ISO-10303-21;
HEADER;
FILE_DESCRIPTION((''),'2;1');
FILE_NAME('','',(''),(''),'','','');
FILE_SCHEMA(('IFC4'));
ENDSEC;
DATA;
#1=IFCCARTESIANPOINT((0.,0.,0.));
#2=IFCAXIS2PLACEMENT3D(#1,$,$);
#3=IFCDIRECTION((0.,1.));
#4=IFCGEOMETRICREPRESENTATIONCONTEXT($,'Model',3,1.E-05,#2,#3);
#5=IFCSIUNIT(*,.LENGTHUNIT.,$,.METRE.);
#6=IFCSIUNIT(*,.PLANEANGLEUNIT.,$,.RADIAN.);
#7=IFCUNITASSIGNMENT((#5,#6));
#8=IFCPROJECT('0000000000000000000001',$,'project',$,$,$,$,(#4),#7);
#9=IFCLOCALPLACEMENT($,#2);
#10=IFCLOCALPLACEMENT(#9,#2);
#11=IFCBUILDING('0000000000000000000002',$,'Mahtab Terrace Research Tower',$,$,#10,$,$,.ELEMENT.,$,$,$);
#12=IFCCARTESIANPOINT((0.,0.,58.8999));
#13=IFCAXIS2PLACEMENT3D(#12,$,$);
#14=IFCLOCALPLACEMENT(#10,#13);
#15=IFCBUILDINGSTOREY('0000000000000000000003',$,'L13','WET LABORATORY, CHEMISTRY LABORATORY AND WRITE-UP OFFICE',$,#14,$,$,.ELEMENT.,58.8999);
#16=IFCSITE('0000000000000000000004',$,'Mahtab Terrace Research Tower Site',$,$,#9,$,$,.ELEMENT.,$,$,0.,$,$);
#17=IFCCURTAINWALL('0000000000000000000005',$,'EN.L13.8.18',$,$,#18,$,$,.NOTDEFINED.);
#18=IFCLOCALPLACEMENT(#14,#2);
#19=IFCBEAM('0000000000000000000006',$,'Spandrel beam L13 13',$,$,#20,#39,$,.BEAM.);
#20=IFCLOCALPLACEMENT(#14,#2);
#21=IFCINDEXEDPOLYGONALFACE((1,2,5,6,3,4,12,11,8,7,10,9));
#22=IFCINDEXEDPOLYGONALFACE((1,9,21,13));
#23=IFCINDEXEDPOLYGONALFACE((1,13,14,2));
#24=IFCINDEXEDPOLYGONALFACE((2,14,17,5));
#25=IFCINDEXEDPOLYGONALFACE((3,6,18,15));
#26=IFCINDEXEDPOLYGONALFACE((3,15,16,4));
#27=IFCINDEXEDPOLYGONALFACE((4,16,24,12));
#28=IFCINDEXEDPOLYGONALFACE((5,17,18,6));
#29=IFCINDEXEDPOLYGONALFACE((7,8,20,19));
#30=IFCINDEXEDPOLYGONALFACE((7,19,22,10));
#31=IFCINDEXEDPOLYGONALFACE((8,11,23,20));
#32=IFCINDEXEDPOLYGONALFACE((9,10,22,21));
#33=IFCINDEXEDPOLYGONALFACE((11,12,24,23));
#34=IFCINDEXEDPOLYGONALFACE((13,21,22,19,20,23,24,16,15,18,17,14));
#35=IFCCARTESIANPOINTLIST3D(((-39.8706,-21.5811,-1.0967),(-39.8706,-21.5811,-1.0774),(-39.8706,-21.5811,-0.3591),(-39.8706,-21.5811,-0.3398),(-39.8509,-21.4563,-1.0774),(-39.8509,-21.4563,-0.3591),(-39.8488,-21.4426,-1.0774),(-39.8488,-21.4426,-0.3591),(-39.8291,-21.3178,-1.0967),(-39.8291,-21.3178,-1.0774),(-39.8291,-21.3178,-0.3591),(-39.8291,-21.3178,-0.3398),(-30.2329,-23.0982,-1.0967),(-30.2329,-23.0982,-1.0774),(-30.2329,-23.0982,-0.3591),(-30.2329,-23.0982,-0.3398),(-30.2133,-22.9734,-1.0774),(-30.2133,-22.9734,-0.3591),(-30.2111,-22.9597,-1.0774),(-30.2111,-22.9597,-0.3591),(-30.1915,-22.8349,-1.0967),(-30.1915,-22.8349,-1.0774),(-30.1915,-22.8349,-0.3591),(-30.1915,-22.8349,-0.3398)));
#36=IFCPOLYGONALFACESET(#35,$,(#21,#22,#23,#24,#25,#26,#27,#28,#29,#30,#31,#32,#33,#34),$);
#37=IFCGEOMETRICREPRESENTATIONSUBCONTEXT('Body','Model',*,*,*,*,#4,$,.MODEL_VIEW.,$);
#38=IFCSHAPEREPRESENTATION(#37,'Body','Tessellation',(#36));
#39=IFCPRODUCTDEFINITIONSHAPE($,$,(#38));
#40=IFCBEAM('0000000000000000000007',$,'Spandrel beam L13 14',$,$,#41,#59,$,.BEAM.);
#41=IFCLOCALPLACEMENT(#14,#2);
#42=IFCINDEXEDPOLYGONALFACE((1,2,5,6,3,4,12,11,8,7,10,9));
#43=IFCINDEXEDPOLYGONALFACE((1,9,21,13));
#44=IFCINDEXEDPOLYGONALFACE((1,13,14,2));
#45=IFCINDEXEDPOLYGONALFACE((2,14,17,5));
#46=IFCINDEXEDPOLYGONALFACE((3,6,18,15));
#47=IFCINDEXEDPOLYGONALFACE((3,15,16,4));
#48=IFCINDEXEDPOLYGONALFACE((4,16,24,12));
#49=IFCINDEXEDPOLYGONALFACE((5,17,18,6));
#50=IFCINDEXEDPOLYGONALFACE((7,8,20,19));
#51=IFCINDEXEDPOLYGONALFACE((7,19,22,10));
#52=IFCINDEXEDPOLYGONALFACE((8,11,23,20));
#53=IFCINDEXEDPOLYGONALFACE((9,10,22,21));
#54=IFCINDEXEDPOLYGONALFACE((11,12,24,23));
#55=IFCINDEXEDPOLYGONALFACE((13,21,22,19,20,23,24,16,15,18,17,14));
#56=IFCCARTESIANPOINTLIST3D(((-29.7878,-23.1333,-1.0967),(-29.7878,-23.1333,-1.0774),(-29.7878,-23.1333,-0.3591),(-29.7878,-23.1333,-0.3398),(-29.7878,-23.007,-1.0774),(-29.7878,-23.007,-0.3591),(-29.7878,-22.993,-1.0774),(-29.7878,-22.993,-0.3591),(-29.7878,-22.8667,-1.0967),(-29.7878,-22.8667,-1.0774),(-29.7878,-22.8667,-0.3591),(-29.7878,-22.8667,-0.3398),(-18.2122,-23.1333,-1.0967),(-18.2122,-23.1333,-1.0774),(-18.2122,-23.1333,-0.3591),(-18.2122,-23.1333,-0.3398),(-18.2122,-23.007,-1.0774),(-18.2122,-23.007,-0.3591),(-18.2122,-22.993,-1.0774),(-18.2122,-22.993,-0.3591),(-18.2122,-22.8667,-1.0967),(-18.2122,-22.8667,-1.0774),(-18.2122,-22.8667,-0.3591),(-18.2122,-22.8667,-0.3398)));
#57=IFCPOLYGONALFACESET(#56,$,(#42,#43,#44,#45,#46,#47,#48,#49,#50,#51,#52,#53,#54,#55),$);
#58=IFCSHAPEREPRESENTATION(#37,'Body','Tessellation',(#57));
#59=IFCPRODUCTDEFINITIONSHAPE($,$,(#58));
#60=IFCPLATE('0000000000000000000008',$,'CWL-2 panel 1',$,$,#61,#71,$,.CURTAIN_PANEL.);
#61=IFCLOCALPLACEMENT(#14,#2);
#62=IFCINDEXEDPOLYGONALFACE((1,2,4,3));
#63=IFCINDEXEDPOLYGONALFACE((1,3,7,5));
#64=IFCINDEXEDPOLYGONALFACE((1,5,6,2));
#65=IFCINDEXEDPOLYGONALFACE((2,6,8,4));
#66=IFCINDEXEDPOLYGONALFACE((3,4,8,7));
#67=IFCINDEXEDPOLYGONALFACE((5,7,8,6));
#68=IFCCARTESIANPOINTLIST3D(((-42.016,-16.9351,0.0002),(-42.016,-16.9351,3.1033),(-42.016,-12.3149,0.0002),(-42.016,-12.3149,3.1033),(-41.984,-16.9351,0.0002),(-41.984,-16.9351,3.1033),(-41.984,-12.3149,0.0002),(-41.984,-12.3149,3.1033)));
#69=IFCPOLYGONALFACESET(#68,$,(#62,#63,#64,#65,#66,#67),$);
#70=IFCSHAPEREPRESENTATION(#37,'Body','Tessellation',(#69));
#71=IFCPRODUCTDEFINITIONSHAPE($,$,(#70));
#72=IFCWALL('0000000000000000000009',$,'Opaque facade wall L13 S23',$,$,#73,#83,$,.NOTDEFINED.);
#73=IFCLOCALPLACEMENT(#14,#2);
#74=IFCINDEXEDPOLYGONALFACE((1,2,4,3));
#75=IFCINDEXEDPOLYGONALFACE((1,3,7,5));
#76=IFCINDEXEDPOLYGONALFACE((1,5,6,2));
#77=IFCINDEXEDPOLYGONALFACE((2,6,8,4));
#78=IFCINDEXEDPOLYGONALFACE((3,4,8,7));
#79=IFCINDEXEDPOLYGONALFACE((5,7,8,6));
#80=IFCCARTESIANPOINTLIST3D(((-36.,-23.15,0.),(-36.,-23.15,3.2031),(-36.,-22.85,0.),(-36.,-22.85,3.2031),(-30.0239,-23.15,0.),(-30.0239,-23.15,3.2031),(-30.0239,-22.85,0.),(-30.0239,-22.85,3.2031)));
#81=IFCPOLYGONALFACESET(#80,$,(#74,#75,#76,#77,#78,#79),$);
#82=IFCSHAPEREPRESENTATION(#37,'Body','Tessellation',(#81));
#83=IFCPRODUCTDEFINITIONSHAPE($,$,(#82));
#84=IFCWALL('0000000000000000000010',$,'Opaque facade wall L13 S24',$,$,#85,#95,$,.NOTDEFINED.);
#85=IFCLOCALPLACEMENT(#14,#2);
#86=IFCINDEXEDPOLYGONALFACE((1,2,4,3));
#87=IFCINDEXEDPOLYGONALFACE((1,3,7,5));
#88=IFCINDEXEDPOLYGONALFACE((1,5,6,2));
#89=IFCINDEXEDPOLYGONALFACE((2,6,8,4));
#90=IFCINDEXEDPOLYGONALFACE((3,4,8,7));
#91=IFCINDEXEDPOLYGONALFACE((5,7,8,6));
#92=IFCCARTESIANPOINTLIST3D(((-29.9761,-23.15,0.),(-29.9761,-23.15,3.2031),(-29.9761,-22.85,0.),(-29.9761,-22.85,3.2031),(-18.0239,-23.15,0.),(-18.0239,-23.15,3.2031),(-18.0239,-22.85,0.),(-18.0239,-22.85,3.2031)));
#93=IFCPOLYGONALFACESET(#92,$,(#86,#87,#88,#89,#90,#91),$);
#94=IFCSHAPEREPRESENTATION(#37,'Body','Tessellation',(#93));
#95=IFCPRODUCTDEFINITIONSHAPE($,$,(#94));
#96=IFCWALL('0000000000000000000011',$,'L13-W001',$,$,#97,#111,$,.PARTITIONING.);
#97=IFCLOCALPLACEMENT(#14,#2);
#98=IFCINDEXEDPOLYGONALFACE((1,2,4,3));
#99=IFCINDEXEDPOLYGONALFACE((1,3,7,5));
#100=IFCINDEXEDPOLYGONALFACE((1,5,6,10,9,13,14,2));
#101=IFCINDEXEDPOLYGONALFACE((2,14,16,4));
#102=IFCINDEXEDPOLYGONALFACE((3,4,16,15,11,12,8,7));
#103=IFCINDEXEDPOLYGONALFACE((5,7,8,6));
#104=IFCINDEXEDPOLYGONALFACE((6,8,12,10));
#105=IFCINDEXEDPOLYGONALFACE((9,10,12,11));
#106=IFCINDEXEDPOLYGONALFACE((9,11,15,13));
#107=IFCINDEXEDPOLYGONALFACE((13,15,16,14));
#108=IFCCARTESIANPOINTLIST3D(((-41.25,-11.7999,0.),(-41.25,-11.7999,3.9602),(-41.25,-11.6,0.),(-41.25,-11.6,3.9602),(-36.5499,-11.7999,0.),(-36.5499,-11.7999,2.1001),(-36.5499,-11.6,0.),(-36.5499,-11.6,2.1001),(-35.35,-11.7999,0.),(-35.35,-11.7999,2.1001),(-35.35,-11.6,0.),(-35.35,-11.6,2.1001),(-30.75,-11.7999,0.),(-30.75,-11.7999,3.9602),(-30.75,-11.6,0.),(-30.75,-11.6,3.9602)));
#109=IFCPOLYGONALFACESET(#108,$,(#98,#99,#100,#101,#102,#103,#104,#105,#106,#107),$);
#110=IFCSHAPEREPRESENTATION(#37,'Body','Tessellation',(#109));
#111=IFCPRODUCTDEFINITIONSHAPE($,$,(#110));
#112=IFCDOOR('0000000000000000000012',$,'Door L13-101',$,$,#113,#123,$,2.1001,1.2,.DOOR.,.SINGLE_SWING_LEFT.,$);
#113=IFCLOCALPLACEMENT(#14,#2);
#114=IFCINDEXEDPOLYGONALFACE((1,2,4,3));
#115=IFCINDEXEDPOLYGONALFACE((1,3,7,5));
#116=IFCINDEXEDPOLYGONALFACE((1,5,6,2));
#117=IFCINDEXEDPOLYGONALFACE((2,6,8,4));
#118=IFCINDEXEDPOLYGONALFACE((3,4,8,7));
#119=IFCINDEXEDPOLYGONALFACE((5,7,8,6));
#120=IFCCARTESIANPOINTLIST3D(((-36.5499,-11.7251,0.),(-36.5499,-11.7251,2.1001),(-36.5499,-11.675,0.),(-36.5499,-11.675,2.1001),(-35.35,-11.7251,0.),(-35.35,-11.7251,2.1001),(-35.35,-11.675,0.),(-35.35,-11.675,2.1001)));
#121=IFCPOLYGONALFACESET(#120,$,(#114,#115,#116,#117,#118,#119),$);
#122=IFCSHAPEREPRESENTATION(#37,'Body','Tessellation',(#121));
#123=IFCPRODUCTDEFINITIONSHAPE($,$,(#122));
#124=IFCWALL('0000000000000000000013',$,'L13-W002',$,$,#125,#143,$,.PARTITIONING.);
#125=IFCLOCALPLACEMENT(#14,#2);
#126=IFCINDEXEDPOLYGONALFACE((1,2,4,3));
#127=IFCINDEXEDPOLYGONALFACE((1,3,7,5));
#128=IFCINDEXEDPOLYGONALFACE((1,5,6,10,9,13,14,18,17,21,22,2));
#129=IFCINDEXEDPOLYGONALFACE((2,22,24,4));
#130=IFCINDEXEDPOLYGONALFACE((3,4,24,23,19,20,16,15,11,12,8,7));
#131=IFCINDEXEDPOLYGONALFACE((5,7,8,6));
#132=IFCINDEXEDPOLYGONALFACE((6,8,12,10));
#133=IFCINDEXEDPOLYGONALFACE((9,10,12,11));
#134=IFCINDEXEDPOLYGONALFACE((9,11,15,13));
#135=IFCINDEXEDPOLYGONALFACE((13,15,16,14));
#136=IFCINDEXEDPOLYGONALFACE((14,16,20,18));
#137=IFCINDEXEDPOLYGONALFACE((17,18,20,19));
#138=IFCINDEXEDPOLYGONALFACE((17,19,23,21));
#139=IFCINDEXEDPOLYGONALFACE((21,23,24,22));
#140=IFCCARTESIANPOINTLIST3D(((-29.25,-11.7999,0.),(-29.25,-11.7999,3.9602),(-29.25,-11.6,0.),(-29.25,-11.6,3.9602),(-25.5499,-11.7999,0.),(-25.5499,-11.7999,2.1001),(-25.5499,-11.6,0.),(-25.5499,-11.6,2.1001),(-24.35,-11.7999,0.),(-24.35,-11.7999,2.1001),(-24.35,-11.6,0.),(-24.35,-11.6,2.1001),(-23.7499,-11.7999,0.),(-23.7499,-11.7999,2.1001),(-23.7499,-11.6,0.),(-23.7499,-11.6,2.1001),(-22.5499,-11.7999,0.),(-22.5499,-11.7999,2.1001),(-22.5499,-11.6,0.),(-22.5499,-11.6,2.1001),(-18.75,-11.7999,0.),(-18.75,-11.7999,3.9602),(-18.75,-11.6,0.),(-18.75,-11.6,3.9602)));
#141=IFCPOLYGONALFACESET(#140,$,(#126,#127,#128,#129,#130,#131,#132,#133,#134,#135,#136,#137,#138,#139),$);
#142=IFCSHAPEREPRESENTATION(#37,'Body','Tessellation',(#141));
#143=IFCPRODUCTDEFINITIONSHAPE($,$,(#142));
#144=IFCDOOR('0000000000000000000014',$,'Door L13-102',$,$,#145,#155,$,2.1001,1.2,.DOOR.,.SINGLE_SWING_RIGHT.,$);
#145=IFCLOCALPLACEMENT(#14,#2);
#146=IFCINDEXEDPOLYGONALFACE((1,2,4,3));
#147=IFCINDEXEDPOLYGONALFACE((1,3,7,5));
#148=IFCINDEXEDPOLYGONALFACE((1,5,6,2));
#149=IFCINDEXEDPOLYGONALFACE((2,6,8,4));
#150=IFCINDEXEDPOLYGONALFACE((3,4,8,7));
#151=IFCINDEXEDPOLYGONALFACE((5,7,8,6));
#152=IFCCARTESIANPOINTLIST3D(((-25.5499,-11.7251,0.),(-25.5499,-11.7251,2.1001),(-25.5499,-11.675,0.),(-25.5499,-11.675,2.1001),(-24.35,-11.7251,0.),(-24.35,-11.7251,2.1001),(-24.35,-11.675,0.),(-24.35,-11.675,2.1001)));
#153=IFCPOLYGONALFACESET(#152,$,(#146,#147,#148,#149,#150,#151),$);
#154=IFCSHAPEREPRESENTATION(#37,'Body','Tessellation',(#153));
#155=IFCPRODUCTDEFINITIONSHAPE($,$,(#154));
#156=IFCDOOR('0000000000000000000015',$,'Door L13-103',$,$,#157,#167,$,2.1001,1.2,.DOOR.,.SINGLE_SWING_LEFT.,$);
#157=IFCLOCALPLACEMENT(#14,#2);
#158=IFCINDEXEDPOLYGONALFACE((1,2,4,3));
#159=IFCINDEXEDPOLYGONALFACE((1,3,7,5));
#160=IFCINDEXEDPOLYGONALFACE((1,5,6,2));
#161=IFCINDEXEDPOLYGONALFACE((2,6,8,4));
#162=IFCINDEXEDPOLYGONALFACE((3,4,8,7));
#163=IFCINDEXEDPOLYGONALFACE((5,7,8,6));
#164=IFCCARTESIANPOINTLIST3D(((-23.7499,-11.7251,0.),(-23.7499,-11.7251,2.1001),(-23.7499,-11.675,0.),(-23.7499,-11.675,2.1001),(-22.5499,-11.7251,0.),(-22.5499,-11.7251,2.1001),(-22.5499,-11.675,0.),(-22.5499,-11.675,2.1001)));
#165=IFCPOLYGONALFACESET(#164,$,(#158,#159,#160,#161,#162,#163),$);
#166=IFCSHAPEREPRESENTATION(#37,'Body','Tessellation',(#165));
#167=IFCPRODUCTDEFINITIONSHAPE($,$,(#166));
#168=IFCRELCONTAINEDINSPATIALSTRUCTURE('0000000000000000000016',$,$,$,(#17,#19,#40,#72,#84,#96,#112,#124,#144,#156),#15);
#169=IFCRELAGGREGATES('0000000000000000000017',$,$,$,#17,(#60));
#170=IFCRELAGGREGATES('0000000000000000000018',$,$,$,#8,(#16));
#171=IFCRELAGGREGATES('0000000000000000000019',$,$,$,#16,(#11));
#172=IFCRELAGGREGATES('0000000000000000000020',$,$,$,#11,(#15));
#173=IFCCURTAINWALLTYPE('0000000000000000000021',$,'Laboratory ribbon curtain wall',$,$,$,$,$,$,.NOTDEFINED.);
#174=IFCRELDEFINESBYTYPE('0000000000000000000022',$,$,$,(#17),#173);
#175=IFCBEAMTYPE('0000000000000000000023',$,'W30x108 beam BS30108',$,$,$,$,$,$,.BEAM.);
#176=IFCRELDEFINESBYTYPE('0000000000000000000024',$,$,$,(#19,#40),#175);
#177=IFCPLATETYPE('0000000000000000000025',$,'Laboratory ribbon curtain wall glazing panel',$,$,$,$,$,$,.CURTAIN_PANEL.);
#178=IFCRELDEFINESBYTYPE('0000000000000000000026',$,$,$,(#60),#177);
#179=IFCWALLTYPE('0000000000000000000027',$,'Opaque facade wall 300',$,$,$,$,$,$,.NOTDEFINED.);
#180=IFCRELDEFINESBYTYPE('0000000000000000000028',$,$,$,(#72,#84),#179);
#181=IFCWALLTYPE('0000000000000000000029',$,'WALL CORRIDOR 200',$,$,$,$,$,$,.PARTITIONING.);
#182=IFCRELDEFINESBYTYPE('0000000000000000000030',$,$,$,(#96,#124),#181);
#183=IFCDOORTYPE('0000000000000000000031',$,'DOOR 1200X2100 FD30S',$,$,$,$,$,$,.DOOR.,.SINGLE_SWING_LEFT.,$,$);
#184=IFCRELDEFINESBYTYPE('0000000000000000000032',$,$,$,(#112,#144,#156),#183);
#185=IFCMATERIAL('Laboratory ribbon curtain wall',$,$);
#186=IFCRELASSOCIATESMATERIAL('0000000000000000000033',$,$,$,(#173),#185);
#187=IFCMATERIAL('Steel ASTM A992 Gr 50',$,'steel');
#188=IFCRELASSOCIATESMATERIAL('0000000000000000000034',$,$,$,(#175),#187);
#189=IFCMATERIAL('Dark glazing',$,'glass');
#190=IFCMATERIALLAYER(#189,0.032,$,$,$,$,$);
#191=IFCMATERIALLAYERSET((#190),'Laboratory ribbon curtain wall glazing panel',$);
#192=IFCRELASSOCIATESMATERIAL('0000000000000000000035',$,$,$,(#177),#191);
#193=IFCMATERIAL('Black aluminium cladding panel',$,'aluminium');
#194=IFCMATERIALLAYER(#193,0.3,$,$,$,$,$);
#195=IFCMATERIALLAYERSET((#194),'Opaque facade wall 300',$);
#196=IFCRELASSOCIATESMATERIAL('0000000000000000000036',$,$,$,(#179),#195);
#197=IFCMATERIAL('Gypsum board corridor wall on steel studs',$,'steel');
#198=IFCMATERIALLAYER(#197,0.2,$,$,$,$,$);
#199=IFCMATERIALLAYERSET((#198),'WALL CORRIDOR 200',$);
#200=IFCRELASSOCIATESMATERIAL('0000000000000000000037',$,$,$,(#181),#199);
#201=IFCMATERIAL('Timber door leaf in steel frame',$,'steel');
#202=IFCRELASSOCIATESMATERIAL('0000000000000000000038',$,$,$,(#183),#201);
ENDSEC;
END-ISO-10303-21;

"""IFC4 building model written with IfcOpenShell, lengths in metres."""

from ifc_helpers import new_model, si_unit, direction, frame, frame_2d, origin, origin_2d, place, context, subcontext, project, spatial, rectangle, i_section, extrude, material, layer, layer_set, material_profile, profile_set, type_object, element, fill, aggregate, save


model = new_model("IFC4")

# Units and contexts
model_context = context("Model", 3, precision=1e-05, world=origin(), true_north=direction((0.0, 1.0)))
body_context = subcontext(model_context, "Body", "Model", "MODEL_VIEW")
ifc_project = project(units=[si_unit("LENGTHUNIT", "METRE"), si_unit("PLANEANGLEUNIT", "RADIAN")], contexts=[model_context])

# Site, building, storey
site_placement = place(None, origin())
site = spatial("IfcSite", under=ifc_project, at=site_placement, Name="Mahtab Terrace Research Tower Site", CompositionType="ELEMENT", RefElevation=0.0)
building_placement = place(site_placement, origin())
building = spatial("IfcBuilding", under=site, at=building_placement, Name="Mahtab Terrace Research Tower", CompositionType="ELEMENT")
storey_placement = place(building_placement, frame((0.0, 0.0, 58.8999)))
storey = spatial("IfcBuildingStorey", under=building, at=storey_placement, Name="L13", Description="WET LABORATORY, CHEMISTRY LABORATORY AND WRITE-UP OFFICE", CompositionType="ELEMENT", Elevation=58.8999)

# Shared definitions
ifc_material_1 = material(Name="Steel ASTM A992 Gr 50", Category="steel")

# Curtain wall
ifc_material_2 = material(Name="Laboratory ribbon curtain wall")
curtain_wall_type = type_object("IfcCurtainWallType", Name="Laboratory ribbon curtain wall", PredefinedType="NOTDEFINED", material=ifc_material_2)
curtain_wall_placement = place(storey_placement, origin())
curtain_wall = element("IfcCurtainWall", 1, at=curtain_wall_placement, inside=storey, type_object=curtain_wall_type, Name="EN.L13.8.18", PredefinedType="NOTDEFINED")

# Beams
ifc_material_profile_1 = material_profile(ifc_material_1, i_section(OverallWidth=0.2666, OverallDepth=0.7568, WebThickness=0.0139, FlangeThickness=0.0193, at=origin_2d()), Name="W30X108")
ifc_profile_set_1 = profile_set([ifc_material_profile_1], Name="Steel ASTM A992 Gr 50")
beam_type = type_object("IfcBeamType", Name="W30x108 beam BS30108", PredefinedType="BEAM", material=ifc_profile_set_1)
beam_1_placement = place(storey_placement, frame((-39.8499, -21.4495, -0.7183), z_axis=(0.987836, -0.155497, 0.0), x_axis=(0.155497, 0.987836, 0.0)))
element("IfcBeam", 2, at=beam_1_placement, inside=storey, type_object=beam_type, Name="Spandrel beam L13 13", PredefinedType="BEAM", context=body_context, shape_type="SweptSolid", body=[
    extrude(i_section(OverallWidth=0.2666, OverallDepth=0.7568, WebThickness=0.0139, FlangeThickness=0.0193, at=origin_2d()), origin(), (0.0, 0.0, 1.0), 9.7563),
])
beam_2_placement = place(storey_placement, frame((-29.7878, -23.0, -0.7183), z_axis=(1.0, 0.0, 0.0), x_axis=(0.0, 1.0, 0.0)))
element("IfcBeam", 3, at=beam_2_placement, inside=storey, type_object=beam_type, Name="Spandrel beam L13 14", PredefinedType="BEAM", context=body_context, shape_type="SweptSolid", body=[
    extrude(i_section(OverallWidth=0.2666, OverallDepth=0.7568, WebThickness=0.0139, FlangeThickness=0.0193, at=origin_2d()), origin(), (0.0, 0.0, 1.0), 11.5757),
])

# Plate
ifc_material_3 = material(Name="Dark glazing", Category="glass")
ifc_layer_1 = layer(ifc_material_3, 0.032)
ifc_layer_set_1 = layer_set([ifc_layer_1], Name="Laboratory ribbon curtain wall glazing panel")
plate_type = type_object("IfcPlateType", Name="Laboratory ribbon curtain wall glazing panel", PredefinedType="CURTAIN_PANEL", material=ifc_layer_set_1)
plate_placement = place(storey_placement, frame((-42.0, -14.625, 0.0002), z_axis=(0.0, 0.0, 1.0), x_axis=(0.0, -1.0, 0.0)))
plate = element("IfcPlate", 4, at=plate_placement, type_object=plate_type, Name="CWL-2 panel 1", PredefinedType="CURTAIN_PANEL", context=body_context, shape_type="SweptSolid", body=[
    extrude(rectangle(XDim=4.6201, YDim=0.032, at=origin_2d()), origin(), (0.0, 0.0, 1.0), 3.103),
])
aggregate(curtain_wall, [plate])

# Walls
ifc_material_4 = material(Name="Black aluminium cladding panel", Category="aluminium")
ifc_layer_2 = layer(ifc_material_4, 0.3)
ifc_layer_set_2 = layer_set([ifc_layer_2], Name="Opaque facade wall 300")
wall_type_1 = type_object("IfcWallType", Name="Opaque facade wall 300", PredefinedType="NOTDEFINED", material=ifc_layer_set_2)
wall_1_placement = place(storey_placement, frame((-36.0, -23.0, 0.0), z_axis=(0.0, 0.0, 1.0), x_axis=(1.0, 0.0, 0.0)))
element("IfcWall", 5, at=wall_1_placement, inside=storey, type_object=wall_type_1, Name="Opaque facade wall L13 S23", PredefinedType="NOTDEFINED", context=body_context, shape_type="SweptSolid", body=[
    extrude(rectangle(XDim=5.9761, YDim=0.3, at=frame_2d((2.988, 0.0))), origin(), (0.0, 0.0, 1.0), 3.2031),
])
wall_2_placement = place(storey_placement, frame((-29.9761, -23.0, 0.0), z_axis=(0.0, 0.0, 1.0), x_axis=(1.0, 0.0, 0.0)))
element("IfcWall", 6, at=wall_2_placement, inside=storey, type_object=wall_type_1, Name="Opaque facade wall L13 S24", PredefinedType="NOTDEFINED", context=body_context, shape_type="SweptSolid", body=[
    extrude(rectangle(XDim=11.9521, YDim=0.3, at=frame_2d((5.9761, 0.0))), origin(), (0.0, 0.0, 1.0), 3.2031),
])

# Wall, opening, door
ifc_material_5 = material(Name="Gypsum board corridor wall on steel studs", Category="steel")
ifc_layer_3 = layer(ifc_material_5, 0.2)
ifc_layer_set_3 = layer_set([ifc_layer_3], Name="WALL CORRIDOR 200")
wall_type_2 = type_object("IfcWallType", Name="WALL CORRIDOR 200", PredefinedType="PARTITIONING", material=ifc_layer_set_3)
wall_3_placement = place(storey_placement, frame((-41.25, -11.7, 0.0), z_axis=(0.0, 0.0, 1.0), x_axis=(1.0, 0.0, 0.0)))
wall_3 = element("IfcWall", 7, at=wall_3_placement, inside=storey, type_object=wall_type_2, Name="L13-W001", PredefinedType="PARTITIONING", context=body_context, shape_type="SweptSolid", body=[
    extrude(rectangle(XDim=10.5, YDim=0.2, at=frame_2d((5.25, 0.0))), origin(), (0.0, 0.0, 1.0), 3.9602),
])
opening_1_placement = place(wall_3_placement, frame((4.7, 0.0, 0.0)))
opening_1 = element("IfcOpeningElement", 8, at=opening_1_placement, cuts=wall_3, PredefinedType="OPENING", context=body_context, shape_type="SweptSolid", body=[
    extrude(rectangle(XDim=1.2, YDim=2.1001, at=frame_2d((0.6001, 1.05))), frame((0.0, 0.1099, 0.0), z_axis=(0.0, -1.0, 0.0), x_axis=(1.0, 0.0, 0.0)), (0.0, 0.0, 1.0), 0.22),
])
ifc_material_6 = material(Name="Timber door leaf in steel frame", Category="steel")
door_type = type_object("IfcDoorType", Name="DOOR 1200X2100 FD30S", OperationType="SINGLE_SWING_LEFT", PredefinedType="DOOR", material=ifc_material_6)
door_1_placement = place(opening_1_placement, origin())
door_1 = element("IfcDoor", 9, at=door_1_placement, inside=storey, type_object=door_type, Name="Door L13-101", OperationType="SINGLE_SWING_LEFT", OverallHeight=2.1001, OverallWidth=1.2, PredefinedType="DOOR", context=body_context, shape_type="SweptSolid", body=[
    extrude(rectangle(XDim=1.2, YDim=2.1001, at=frame_2d((0.6001, 1.05))), frame((0.0, 0.0249, 0.0), z_axis=(0.0, -1.0, 0.0), x_axis=(1.0, 0.0, 0.0)), (0.0, 0.0, 1.0), 0.05),
])
fill(opening_1, door_1)

# Wall, openings, doors
wall_4_placement = place(storey_placement, frame((-29.25, -11.7, 0.0), z_axis=(0.0, 0.0, 1.0), x_axis=(1.0, 0.0, 0.0)))
wall_4 = element("IfcWall", 10, at=wall_4_placement, inside=storey, type_object=wall_type_2, Name="L13-W002", PredefinedType="PARTITIONING", context=body_context, shape_type="SweptSolid", body=[
    extrude(rectangle(XDim=10.5, YDim=0.2, at=frame_2d((5.25, 0.0))), origin(), (0.0, 0.0, 1.0), 3.9602),
])
opening_2_placement = place(wall_4_placement, frame((3.7, 0.0, 0.0)))
opening_2 = element("IfcOpeningElement", 11, at=opening_2_placement, cuts=wall_4, PredefinedType="OPENING", context=body_context, shape_type="SweptSolid", body=[
    extrude(rectangle(XDim=1.2, YDim=2.1001, at=frame_2d((0.6001, 1.05))), frame((0.0, 0.1099, 0.0), z_axis=(0.0, -1.0, 0.0), x_axis=(1.0, 0.0, 0.0)), (0.0, 0.0, 1.0), 0.22),
])
opening_3_placement = place(wall_4_placement, frame((5.5, 0.0, 0.0)))
opening_3 = element("IfcOpeningElement", 12, at=opening_3_placement, cuts=wall_4, PredefinedType="OPENING", context=body_context, shape_type="SweptSolid", body=[
    extrude(rectangle(XDim=1.2, YDim=2.1001, at=frame_2d((0.6001, 1.05))), frame((0.0, 0.1099, 0.0), z_axis=(0.0, -1.0, 0.0), x_axis=(1.0, 0.0, 0.0)), (0.0, 0.0, 1.0), 0.22),
])
door_2_placement = place(opening_2_placement, origin())
door_2 = element("IfcDoor", 13, at=door_2_placement, inside=storey, type_object=door_type, Name="Door L13-102", OperationType="SINGLE_SWING_RIGHT", OverallHeight=2.1001, OverallWidth=1.2, PredefinedType="DOOR", context=body_context, shape_type="SweptSolid", body=[
    extrude(rectangle(XDim=1.2, YDim=2.1001, at=frame_2d((0.6001, 1.05))), frame((0.0, 0.0249, 0.0), z_axis=(0.0, -1.0, 0.0), x_axis=(1.0, 0.0, 0.0)), (0.0, 0.0, 1.0), 0.05),
])
fill(opening_2, door_2)
door_3_placement = place(opening_3_placement, origin())
door_3 = element("IfcDoor", 14, at=door_3_placement, inside=storey, type_object=door_type, Name="Door L13-103", OperationType="SINGLE_SWING_LEFT", OverallHeight=2.1001, OverallWidth=1.2, PredefinedType="DOOR", context=body_context, shape_type="SweptSolid", body=[
    extrude(rectangle(XDim=1.2, YDim=2.1001, at=frame_2d((0.6001, 1.05))), frame((0.0, 0.0249, 0.0), z_axis=(0.0, -1.0, 0.0), x_axis=(1.0, 0.0, 0.0)), (0.0, 0.0, 1.0), 0.05),
])
fill(opening_3, door_3)

save(model, "model.ifc")
